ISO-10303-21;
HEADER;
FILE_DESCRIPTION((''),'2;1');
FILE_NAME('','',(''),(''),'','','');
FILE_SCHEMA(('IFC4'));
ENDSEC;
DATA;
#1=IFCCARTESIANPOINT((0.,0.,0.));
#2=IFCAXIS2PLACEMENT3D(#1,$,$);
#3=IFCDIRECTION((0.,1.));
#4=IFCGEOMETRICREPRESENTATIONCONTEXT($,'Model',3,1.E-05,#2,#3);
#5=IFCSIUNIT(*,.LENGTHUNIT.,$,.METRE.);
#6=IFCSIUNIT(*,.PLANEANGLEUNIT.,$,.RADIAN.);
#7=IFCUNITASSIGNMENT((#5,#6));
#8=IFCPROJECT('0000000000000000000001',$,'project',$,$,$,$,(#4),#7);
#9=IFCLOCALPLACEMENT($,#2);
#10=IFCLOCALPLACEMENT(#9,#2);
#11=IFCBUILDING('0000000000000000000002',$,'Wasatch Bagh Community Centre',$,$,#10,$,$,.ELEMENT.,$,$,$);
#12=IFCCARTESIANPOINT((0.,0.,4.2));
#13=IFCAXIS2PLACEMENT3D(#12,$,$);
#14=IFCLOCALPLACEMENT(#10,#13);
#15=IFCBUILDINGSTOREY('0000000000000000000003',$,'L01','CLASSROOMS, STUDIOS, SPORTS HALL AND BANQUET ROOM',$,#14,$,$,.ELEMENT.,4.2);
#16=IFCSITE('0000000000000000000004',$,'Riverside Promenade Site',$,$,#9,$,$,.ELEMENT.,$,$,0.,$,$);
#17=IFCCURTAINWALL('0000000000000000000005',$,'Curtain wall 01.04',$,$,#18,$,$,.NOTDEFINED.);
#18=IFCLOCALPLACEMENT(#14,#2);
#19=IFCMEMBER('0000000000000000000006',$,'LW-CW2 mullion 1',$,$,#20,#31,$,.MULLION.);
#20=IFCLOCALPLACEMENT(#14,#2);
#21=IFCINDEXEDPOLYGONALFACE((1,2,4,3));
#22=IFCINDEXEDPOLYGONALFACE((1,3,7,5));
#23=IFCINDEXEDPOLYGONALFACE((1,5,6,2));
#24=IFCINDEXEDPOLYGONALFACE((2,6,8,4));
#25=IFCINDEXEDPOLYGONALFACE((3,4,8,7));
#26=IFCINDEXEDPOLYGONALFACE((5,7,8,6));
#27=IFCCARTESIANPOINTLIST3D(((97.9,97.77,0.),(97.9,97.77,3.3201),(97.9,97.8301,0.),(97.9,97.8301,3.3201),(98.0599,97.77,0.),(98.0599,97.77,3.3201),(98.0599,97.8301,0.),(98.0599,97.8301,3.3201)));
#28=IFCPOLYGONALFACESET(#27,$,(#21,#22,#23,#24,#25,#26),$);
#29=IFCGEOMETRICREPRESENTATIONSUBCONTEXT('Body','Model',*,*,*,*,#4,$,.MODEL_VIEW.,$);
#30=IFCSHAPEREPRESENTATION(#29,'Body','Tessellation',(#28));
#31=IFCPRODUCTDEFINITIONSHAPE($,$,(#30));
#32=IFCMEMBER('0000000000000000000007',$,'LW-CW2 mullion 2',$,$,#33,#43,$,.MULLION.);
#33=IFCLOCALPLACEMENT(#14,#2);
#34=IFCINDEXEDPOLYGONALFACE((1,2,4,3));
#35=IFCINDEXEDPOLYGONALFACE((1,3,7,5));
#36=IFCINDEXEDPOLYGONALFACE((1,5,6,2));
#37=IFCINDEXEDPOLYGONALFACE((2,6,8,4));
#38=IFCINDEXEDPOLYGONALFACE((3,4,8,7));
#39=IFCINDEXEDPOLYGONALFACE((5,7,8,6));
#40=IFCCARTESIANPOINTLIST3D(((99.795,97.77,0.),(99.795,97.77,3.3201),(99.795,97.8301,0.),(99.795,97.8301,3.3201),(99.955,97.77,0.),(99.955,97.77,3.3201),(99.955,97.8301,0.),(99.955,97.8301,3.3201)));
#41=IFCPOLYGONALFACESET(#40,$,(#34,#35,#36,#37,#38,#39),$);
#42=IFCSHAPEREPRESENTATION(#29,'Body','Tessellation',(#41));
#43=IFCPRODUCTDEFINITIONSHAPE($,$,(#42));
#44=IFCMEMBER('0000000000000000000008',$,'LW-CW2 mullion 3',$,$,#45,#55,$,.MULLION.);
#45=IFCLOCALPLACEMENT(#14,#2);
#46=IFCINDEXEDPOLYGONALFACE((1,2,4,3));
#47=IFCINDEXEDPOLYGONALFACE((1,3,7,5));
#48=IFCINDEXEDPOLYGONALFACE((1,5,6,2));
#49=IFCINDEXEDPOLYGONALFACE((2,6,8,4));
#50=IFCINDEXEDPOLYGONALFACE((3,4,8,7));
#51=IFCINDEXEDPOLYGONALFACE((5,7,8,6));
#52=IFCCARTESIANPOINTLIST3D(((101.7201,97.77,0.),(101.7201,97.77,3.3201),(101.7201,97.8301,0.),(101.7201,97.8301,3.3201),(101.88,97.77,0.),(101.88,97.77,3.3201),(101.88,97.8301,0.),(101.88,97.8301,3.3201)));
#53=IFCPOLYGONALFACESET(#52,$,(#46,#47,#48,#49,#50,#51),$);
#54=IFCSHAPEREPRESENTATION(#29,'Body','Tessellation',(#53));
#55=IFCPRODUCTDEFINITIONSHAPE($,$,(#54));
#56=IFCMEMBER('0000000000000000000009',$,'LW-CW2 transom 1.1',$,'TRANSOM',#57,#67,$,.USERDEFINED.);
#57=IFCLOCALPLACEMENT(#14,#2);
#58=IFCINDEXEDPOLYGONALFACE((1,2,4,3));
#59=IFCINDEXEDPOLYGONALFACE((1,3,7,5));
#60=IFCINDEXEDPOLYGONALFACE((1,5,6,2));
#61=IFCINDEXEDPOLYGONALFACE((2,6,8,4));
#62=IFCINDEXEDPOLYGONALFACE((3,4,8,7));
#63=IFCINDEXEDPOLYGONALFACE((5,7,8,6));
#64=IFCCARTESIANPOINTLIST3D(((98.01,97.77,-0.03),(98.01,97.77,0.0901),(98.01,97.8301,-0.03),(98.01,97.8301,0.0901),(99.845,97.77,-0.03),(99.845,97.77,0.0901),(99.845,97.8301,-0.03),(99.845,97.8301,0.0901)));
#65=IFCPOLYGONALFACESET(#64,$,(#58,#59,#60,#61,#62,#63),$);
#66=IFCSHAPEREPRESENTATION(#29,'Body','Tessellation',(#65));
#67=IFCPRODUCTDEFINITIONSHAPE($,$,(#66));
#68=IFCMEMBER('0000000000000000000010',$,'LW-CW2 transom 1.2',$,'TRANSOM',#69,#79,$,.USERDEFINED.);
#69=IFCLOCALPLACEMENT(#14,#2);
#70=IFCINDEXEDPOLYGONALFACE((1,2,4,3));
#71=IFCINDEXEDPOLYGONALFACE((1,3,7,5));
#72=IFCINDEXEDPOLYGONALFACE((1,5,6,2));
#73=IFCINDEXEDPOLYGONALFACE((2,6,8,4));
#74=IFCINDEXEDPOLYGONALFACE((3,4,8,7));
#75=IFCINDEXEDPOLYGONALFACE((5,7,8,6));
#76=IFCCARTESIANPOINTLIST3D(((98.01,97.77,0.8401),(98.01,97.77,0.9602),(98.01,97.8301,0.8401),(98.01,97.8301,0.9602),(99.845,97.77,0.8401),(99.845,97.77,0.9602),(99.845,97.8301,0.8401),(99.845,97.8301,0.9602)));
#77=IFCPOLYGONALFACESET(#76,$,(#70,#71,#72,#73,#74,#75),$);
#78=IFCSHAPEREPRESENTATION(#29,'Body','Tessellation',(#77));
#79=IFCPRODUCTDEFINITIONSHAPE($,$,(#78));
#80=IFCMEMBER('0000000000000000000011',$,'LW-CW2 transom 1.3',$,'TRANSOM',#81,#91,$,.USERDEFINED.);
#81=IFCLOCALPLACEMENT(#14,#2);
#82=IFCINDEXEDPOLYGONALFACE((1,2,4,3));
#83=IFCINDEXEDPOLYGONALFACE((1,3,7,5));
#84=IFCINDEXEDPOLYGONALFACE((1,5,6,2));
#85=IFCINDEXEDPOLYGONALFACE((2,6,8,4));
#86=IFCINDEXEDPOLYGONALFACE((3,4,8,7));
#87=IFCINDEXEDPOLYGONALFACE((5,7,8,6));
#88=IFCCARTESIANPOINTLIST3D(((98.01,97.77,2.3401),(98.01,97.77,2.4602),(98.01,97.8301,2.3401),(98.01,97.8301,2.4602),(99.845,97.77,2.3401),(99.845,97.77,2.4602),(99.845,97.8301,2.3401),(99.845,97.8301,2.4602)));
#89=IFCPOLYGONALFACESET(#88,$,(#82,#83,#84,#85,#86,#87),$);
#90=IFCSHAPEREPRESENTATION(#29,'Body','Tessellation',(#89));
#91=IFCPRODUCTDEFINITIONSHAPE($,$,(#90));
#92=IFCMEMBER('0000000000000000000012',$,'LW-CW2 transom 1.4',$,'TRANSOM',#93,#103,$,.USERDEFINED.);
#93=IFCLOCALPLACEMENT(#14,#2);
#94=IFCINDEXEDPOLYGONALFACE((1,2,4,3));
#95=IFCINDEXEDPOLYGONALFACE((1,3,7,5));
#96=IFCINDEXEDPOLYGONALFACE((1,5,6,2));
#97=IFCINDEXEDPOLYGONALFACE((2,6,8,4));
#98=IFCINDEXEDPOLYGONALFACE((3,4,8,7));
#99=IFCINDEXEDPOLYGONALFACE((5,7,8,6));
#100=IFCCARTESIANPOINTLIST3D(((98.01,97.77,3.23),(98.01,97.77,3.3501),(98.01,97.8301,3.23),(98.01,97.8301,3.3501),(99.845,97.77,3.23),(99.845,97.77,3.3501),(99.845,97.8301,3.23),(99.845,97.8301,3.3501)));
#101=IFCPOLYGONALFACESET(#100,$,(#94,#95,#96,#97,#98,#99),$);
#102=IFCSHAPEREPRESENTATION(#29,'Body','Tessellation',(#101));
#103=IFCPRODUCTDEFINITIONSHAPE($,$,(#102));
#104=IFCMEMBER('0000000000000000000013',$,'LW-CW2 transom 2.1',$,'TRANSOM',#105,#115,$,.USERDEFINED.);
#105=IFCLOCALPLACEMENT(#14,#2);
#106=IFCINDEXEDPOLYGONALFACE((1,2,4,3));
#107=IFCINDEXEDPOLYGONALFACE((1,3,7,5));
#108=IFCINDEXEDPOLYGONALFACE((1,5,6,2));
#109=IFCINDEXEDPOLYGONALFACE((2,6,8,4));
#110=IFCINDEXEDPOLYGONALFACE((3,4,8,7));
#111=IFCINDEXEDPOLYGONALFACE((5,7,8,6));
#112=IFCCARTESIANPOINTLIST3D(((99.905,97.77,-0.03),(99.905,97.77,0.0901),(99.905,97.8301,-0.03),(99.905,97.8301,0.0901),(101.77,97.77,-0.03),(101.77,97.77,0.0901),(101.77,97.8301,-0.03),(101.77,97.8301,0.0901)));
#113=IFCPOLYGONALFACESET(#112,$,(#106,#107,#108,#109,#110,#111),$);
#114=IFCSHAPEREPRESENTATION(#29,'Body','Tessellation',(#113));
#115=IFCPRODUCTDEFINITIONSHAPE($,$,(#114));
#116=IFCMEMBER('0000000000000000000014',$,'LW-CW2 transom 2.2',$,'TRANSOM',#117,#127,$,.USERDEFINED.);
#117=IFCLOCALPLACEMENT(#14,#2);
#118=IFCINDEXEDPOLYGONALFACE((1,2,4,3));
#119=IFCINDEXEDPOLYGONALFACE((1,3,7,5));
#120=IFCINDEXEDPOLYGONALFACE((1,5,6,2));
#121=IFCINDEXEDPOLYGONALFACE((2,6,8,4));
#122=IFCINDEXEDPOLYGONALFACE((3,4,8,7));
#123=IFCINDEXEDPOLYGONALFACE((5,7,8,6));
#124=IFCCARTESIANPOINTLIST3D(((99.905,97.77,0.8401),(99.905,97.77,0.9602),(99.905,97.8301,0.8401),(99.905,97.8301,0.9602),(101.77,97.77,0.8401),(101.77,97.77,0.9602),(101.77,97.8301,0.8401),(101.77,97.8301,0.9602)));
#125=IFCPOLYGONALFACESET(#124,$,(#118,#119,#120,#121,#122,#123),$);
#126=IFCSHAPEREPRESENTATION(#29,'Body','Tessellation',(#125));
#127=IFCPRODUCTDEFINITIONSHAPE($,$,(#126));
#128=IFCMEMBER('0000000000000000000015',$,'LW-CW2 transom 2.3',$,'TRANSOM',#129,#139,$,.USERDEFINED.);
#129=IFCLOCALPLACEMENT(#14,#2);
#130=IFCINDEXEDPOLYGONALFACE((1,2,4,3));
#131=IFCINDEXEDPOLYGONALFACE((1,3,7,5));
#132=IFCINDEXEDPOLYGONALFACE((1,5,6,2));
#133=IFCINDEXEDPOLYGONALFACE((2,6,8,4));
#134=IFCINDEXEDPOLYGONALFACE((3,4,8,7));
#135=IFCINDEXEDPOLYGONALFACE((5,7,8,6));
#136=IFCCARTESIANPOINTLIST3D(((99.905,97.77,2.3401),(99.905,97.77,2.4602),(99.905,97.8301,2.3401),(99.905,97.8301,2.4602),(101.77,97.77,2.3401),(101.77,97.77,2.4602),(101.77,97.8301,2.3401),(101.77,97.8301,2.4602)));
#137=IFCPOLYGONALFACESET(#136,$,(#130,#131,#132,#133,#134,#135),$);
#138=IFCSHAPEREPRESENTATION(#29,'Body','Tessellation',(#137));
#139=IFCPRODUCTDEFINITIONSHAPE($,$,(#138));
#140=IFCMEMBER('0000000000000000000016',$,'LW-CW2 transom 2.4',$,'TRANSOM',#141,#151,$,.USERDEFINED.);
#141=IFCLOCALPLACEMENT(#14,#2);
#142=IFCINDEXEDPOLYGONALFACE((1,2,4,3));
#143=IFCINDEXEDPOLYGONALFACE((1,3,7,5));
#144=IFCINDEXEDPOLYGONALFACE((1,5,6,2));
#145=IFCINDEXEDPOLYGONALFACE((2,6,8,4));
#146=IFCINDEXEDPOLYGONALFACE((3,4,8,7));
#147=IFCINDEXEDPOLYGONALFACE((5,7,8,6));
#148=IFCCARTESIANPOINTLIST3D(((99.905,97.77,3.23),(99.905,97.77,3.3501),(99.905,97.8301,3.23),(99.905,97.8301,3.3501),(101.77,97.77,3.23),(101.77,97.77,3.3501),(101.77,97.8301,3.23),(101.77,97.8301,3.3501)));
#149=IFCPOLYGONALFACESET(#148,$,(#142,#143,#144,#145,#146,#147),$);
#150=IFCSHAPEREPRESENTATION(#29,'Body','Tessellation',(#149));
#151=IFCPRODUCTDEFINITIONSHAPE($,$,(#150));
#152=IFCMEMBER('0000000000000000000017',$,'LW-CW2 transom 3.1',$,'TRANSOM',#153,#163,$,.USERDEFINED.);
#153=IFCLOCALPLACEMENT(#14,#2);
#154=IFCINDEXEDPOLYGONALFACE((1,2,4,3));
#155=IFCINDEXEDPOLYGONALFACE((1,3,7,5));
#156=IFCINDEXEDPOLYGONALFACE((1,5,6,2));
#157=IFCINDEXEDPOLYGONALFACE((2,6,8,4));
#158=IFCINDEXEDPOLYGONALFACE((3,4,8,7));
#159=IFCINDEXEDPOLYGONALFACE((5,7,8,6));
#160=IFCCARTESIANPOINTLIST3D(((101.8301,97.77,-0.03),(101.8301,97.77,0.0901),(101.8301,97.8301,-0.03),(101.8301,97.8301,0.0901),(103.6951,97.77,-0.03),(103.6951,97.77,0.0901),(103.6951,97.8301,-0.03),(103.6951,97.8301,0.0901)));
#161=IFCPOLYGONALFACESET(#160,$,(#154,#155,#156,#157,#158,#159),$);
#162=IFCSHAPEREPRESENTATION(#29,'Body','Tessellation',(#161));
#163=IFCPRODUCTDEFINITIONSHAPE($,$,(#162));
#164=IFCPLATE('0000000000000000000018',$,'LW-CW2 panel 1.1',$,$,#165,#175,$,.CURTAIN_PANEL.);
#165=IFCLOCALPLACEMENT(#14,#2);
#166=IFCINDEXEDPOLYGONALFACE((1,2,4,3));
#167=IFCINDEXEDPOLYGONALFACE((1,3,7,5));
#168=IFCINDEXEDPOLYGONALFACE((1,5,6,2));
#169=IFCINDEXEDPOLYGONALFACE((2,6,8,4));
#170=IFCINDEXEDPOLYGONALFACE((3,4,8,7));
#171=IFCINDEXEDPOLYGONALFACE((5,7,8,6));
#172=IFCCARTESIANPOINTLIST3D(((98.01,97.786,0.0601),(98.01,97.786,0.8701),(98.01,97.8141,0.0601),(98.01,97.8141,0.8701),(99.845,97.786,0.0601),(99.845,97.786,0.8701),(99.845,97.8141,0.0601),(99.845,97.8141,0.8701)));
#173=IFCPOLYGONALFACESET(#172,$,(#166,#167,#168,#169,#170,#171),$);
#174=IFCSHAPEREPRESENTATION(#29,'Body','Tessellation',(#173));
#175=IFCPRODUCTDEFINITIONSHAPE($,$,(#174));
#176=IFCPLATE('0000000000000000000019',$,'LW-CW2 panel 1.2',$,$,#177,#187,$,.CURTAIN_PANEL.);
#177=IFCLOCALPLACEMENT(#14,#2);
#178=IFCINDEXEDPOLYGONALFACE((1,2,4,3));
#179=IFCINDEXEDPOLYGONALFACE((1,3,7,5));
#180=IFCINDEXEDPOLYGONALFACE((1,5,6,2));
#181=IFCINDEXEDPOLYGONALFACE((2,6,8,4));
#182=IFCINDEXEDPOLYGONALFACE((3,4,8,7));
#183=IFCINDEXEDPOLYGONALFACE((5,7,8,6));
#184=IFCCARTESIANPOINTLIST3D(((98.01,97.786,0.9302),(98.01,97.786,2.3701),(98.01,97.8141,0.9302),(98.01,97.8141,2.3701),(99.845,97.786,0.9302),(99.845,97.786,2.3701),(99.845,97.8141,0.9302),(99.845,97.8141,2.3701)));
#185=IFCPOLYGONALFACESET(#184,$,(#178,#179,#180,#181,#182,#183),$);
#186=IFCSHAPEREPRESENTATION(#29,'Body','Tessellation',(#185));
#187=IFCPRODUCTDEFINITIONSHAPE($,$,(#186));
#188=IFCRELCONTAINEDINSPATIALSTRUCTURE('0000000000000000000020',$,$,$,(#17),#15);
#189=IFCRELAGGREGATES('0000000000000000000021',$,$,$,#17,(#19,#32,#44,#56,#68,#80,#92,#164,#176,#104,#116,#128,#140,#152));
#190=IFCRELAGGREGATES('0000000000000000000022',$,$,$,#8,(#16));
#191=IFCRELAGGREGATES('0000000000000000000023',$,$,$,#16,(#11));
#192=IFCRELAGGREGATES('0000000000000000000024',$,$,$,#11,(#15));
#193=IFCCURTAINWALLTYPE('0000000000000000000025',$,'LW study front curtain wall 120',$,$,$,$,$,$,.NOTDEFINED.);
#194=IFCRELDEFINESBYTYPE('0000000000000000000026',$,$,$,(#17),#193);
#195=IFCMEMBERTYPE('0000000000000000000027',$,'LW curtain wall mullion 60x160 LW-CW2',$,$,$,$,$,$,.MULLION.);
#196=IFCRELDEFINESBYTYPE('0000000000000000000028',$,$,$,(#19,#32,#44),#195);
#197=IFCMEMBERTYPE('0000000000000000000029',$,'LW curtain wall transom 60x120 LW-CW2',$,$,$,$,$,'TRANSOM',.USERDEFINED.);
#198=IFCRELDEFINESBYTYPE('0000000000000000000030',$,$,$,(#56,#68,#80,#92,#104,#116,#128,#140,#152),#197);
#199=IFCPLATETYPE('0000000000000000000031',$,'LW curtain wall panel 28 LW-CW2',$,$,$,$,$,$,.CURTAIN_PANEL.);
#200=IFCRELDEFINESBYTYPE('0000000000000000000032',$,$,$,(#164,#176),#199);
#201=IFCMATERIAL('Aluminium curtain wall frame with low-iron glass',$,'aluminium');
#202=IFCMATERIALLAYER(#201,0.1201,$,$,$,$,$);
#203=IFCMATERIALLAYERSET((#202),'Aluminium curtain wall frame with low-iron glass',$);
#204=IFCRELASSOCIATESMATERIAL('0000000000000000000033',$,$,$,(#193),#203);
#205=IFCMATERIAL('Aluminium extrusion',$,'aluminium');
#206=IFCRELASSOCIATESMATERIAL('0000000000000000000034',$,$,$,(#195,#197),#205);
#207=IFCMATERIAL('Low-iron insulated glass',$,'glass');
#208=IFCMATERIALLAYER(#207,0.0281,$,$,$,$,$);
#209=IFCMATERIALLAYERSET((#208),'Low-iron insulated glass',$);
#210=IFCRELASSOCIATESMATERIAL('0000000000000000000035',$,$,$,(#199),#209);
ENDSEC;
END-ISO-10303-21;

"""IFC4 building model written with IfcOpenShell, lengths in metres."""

from ifc_helpers import new_model, si_unit, direction, frame, origin, origin_2d, place, context, subcontext, project, spatial, rectangle, extrude, material, layer, layer_set, material_profile, profile_set, type_object, element, aggregate, save


model = new_model("IFC4")

# Units and contexts
model_context = context("Model", 3, precision=1e-05, world=origin(), true_north=direction((0.0, 1.0)))
body_context = subcontext(model_context, "Body", "Model", "MODEL_VIEW")
ifc_project = project(units=[si_unit("LENGTHUNIT", "METRE"), si_unit("PLANEANGLEUNIT", "RADIAN")], contexts=[model_context])

# Site, building, storey
site_placement = place(None, origin())
site = spatial("IfcSite", under=ifc_project, at=site_placement, Name="Riverside Promenade Site", CompositionType="ELEMENT", RefElevation=0.0)
building_placement = place(site_placement, origin())
building = spatial("IfcBuilding", under=site, at=building_placement, Name="Wasatch Bagh Community Centre", CompositionType="ELEMENT")
storey_placement = place(building_placement, frame((0.0, 0.0, 4.2)))
storey = spatial("IfcBuildingStorey", under=building, at=storey_placement, Name="L01", Description="CLASSROOMS, STUDIOS, SPORTS HALL AND BANQUET ROOM", CompositionType="ELEMENT", Elevation=4.2)

# Curtain wall, members, plates
ifc_material_1 = material(Name="Aluminium curtain wall frame with low-iron glass", Category="aluminium")
ifc_layer_1 = layer(ifc_material_1, 0.1201)
ifc_layer_set_1 = layer_set([ifc_layer_1], Name="Aluminium curtain wall frame with low-iron glass")
curtain_wall_type = type_object("IfcCurtainWallType", Name="LW study front curtain wall 120", PredefinedType="NOTDEFINED", material=ifc_layer_set_1)
curtain_wall_placement = place(storey_placement, origin())
curtain_wall = element("IfcCurtainWall", 1, at=curtain_wall_placement, inside=storey, type_object=curtain_wall_type, Name="Curtain wall 01.04", PredefinedType="NOTDEFINED")
ifc_material_2 = material(Name="Aluminium extrusion", Category="aluminium")
ifc_material_profile_1 = material_profile(ifc_material_2, rectangle(XDim=0.0601, YDim=0.1599, at=origin_2d()), Name="AL 60x160")
ifc_profile_set_1 = profile_set([ifc_material_profile_1], Name="Aluminium extrusion")
member_type_1 = type_object("IfcMemberType", Name="LW curtain wall mullion 60x160 LW-CW2", PredefinedType="MULLION", material=ifc_profile_set_1)
member_1_placement = place(storey_placement, frame((97.98, 97.8, 0.0), z_axis=(0.0, 0.0, 1.0), x_axis=(0.0, 1.0, 0.0)))
member_1 = element("IfcMember", 2, at=member_1_placement, type_object=member_type_1, Name="LW-CW2 mullion 1", PredefinedType="MULLION", context=body_context, shape_type="SweptSolid", body=[
    extrude(rectangle(XDim=0.0601, YDim=0.1599, at=origin_2d()), origin(), (0.0, 0.0, 1.0), 3.3201),
])
member_2_placement = place(storey_placement, frame((99.875, 97.8, 0.0), z_axis=(0.0, 0.0, 1.0), x_axis=(0.0, 1.0, 0.0)))
member_2 = element("IfcMember", 3, at=member_2_placement, type_object=member_type_1, Name="LW-CW2 mullion 2", PredefinedType="MULLION", context=body_context, shape_type="SweptSolid", body=[
    extrude(rectangle(XDim=0.0601, YDim=0.1599, at=origin_2d()), origin(), (0.0, 0.0, 1.0), 3.3201),
])
member_3_placement = place(storey_placement, frame((101.8, 97.8, 0.0), z_axis=(0.0, 0.0, 1.0), x_axis=(0.0, 1.0, 0.0)))
member_3 = element("IfcMember", 4, at=member_3_placement, type_object=member_type_1, Name="LW-CW2 mullion 3", PredefinedType="MULLION", context=body_context, shape_type="SweptSolid", body=[
    extrude(rectangle(XDim=0.0601, YDim=0.1599, at=origin_2d()), origin(), (0.0, 0.0, 1.0), 3.3201),
])
ifc_material_profile_2 = material_profile(ifc_material_2, rectangle(XDim=0.0601, YDim=0.1201, at=origin_2d()), Name="AL 60x120")
ifc_profile_set_2 = profile_set([ifc_material_profile_2], Name="Aluminium extrusion")
member_type_2 = type_object("IfcMemberType", Name="LW curtain wall transom 60x120 LW-CW2", ElementType="TRANSOM", PredefinedType="USERDEFINED", material=ifc_profile_set_2)
member_4_placement = place(storey_placement, frame((98.01, 97.8, 0.03), z_axis=(1.0, 0.0, 0.0), x_axis=(0.0, 1.0, 0.0)))
member_4 = element("IfcMember", 5, at=member_4_placement, type_object=member_type_2, Name="LW-CW2 transom 1.1", ObjectType="TRANSOM", PredefinedType="USERDEFINED", context=body_context, shape_type="SweptSolid", body=[
    extrude(rectangle(XDim=0.0601, YDim=0.1201, at=origin_2d()), origin(), (0.0, 0.0, 1.0), 1.835),
])
member_5_placement = place(storey_placement, frame((98.01, 97.8, 0.9001), z_axis=(1.0, 0.0, 0.0), x_axis=(0.0, 1.0, 0.0)))
member_5 = element("IfcMember", 6, at=member_5_placement, type_object=member_type_2, Name="LW-CW2 transom 1.2", ObjectType="TRANSOM", PredefinedType="USERDEFINED", context=body_context, shape_type="SweptSolid", body=[
    extrude(rectangle(XDim=0.0601, YDim=0.1201, at=origin_2d()), origin(), (0.0, 0.0, 1.0), 1.835),
])
member_6_placement = place(storey_placement, frame((98.01, 97.8, 2.4001), z_axis=(1.0, 0.0, 0.0), x_axis=(0.0, 1.0, 0.0)))
member_6 = element("IfcMember", 7, at=member_6_placement, type_object=member_type_2, Name="LW-CW2 transom 1.3", ObjectType="TRANSOM", PredefinedType="USERDEFINED", context=body_context, shape_type="SweptSolid", body=[
    extrude(rectangle(XDim=0.0601, YDim=0.1201, at=origin_2d()), origin(), (0.0, 0.0, 1.0), 1.835),
])
member_7_placement = place(storey_placement, frame((98.01, 97.8, 3.29), z_axis=(1.0, 0.0, 0.0), x_axis=(0.0, 1.0, 0.0)))
member_7 = element("IfcMember", 8, at=member_7_placement, type_object=member_type_2, Name="LW-CW2 transom 1.4", ObjectType="TRANSOM", PredefinedType="USERDEFINED", context=body_context, shape_type="SweptSolid", body=[
    extrude(rectangle(XDim=0.0601, YDim=0.1201, at=origin_2d()), origin(), (0.0, 0.0, 1.0), 1.835),
])
member_8_placement = place(storey_placement, frame((99.905, 97.8, 0.03), z_axis=(1.0, 0.0, 0.0), x_axis=(0.0, 1.0, 0.0)))
member_8 = element("IfcMember", 9, at=member_8_placement, type_object=member_type_2, Name="LW-CW2 transom 2.1", ObjectType="TRANSOM", PredefinedType="USERDEFINED", context=body_context, shape_type="SweptSolid", body=[
    extrude(rectangle(XDim=0.0601, YDim=0.1201, at=origin_2d()), origin(), (0.0, 0.0, 1.0), 1.865),
])
member_9_placement = place(storey_placement, frame((99.905, 97.8, 0.9001), z_axis=(1.0, 0.0, 0.0), x_axis=(0.0, 1.0, 0.0)))
member_9 = element("IfcMember", 10, at=member_9_placement, type_object=member_type_2, Name="LW-CW2 transom 2.2", ObjectType="TRANSOM", PredefinedType="USERDEFINED", context=body_context, shape_type="SweptSolid", body=[
    extrude(rectangle(XDim=0.0601, YDim=0.1201, at=origin_2d()), origin(), (0.0, 0.0, 1.0), 1.865),
])
member_10_placement = place(storey_placement, frame((99.905, 97.8, 2.4001), z_axis=(1.0, 0.0, 0.0), x_axis=(0.0, 1.0, 0.0)))
member_10 = element("IfcMember", 11, at=member_10_placement, type_object=member_type_2, Name="LW-CW2 transom 2.3", ObjectType="TRANSOM", PredefinedType="USERDEFINED", context=body_context, shape_type="SweptSolid", body=[
    extrude(rectangle(XDim=0.0601, YDim=0.1201, at=origin_2d()), origin(), (0.0, 0.0, 1.0), 1.865),
])
member_11_placement = place(storey_placement, frame((99.905, 97.8, 3.29), z_axis=(1.0, 0.0, 0.0), x_axis=(0.0, 1.0, 0.0)))
member_11 = element("IfcMember", 12, at=member_11_placement, type_object=member_type_2, Name="LW-CW2 transom 2.4", ObjectType="TRANSOM", PredefinedType="USERDEFINED", context=body_context, shape_type="SweptSolid", body=[
    extrude(rectangle(XDim=0.0601, YDim=0.1201, at=origin_2d()), origin(), (0.0, 0.0, 1.0), 1.865),
])
member_12_placement = place(storey_placement, frame((101.8301, 97.8, 0.03), z_axis=(1.0, 0.0, 0.0), x_axis=(0.0, 1.0, 0.0)))
member_12 = element("IfcMember", 13, at=member_12_placement, type_object=member_type_2, Name="LW-CW2 transom 3.1", ObjectType="TRANSOM", PredefinedType="USERDEFINED", context=body_context, shape_type="SweptSolid", body=[
    extrude(rectangle(XDim=0.0601, YDim=0.1201, at=origin_2d()), origin(), (0.0, 0.0, 1.0), 1.865),
])
ifc_material_3 = material(Name="Low-iron insulated glass", Category="glass")
ifc_layer_2 = layer(ifc_material_3, 0.0281)
ifc_layer_set_2 = layer_set([ifc_layer_2], Name="Low-iron insulated glass")
plate_type_1 = type_object("IfcPlateType", Name="LW curtain wall panel 28 LW-CW2", PredefinedType="CURTAIN_PANEL", material=ifc_layer_set_2)
plate_1_placement = place(storey_placement, frame((98.9275, 97.8, 0.0601), z_axis=(0.0, 0.0, 1.0), x_axis=(1.0, 0.0, 0.0)))
plate_1 = element("IfcPlate", 14, at=plate_1_placement, type_object=plate_type_1, Name="LW-CW2 panel 1.1", PredefinedType="CURTAIN_PANEL", context=body_context, shape_type="SweptSolid", body=[
    extrude(rectangle(XDim=1.835, YDim=0.0281, at=origin_2d()), origin(), (0.0, 0.0, 1.0), 0.8101),
])
plate_2_placement = place(storey_placement, frame((98.9275, 97.8, 0.9302), z_axis=(0.0, 0.0, 1.0), x_axis=(1.0, 0.0, 0.0)))
plate_2 = element("IfcPlate", 15, at=plate_2_placement, type_object=plate_type_1, Name="LW-CW2 panel 1.2", PredefinedType="CURTAIN_PANEL", context=body_context, shape_type="SweptSolid", body=[
    extrude(rectangle(XDim=1.835, YDim=0.0281, at=origin_2d()), origin(), (0.0, 0.0, 1.0), 1.4399),
])
aggregate(curtain_wall, [member_1, member_2, member_3, member_4, member_5, member_6, member_7, plate_1, plate_2, member_8, member_9, member_10, member_11, member_12])

save(model, "model.ifc")
